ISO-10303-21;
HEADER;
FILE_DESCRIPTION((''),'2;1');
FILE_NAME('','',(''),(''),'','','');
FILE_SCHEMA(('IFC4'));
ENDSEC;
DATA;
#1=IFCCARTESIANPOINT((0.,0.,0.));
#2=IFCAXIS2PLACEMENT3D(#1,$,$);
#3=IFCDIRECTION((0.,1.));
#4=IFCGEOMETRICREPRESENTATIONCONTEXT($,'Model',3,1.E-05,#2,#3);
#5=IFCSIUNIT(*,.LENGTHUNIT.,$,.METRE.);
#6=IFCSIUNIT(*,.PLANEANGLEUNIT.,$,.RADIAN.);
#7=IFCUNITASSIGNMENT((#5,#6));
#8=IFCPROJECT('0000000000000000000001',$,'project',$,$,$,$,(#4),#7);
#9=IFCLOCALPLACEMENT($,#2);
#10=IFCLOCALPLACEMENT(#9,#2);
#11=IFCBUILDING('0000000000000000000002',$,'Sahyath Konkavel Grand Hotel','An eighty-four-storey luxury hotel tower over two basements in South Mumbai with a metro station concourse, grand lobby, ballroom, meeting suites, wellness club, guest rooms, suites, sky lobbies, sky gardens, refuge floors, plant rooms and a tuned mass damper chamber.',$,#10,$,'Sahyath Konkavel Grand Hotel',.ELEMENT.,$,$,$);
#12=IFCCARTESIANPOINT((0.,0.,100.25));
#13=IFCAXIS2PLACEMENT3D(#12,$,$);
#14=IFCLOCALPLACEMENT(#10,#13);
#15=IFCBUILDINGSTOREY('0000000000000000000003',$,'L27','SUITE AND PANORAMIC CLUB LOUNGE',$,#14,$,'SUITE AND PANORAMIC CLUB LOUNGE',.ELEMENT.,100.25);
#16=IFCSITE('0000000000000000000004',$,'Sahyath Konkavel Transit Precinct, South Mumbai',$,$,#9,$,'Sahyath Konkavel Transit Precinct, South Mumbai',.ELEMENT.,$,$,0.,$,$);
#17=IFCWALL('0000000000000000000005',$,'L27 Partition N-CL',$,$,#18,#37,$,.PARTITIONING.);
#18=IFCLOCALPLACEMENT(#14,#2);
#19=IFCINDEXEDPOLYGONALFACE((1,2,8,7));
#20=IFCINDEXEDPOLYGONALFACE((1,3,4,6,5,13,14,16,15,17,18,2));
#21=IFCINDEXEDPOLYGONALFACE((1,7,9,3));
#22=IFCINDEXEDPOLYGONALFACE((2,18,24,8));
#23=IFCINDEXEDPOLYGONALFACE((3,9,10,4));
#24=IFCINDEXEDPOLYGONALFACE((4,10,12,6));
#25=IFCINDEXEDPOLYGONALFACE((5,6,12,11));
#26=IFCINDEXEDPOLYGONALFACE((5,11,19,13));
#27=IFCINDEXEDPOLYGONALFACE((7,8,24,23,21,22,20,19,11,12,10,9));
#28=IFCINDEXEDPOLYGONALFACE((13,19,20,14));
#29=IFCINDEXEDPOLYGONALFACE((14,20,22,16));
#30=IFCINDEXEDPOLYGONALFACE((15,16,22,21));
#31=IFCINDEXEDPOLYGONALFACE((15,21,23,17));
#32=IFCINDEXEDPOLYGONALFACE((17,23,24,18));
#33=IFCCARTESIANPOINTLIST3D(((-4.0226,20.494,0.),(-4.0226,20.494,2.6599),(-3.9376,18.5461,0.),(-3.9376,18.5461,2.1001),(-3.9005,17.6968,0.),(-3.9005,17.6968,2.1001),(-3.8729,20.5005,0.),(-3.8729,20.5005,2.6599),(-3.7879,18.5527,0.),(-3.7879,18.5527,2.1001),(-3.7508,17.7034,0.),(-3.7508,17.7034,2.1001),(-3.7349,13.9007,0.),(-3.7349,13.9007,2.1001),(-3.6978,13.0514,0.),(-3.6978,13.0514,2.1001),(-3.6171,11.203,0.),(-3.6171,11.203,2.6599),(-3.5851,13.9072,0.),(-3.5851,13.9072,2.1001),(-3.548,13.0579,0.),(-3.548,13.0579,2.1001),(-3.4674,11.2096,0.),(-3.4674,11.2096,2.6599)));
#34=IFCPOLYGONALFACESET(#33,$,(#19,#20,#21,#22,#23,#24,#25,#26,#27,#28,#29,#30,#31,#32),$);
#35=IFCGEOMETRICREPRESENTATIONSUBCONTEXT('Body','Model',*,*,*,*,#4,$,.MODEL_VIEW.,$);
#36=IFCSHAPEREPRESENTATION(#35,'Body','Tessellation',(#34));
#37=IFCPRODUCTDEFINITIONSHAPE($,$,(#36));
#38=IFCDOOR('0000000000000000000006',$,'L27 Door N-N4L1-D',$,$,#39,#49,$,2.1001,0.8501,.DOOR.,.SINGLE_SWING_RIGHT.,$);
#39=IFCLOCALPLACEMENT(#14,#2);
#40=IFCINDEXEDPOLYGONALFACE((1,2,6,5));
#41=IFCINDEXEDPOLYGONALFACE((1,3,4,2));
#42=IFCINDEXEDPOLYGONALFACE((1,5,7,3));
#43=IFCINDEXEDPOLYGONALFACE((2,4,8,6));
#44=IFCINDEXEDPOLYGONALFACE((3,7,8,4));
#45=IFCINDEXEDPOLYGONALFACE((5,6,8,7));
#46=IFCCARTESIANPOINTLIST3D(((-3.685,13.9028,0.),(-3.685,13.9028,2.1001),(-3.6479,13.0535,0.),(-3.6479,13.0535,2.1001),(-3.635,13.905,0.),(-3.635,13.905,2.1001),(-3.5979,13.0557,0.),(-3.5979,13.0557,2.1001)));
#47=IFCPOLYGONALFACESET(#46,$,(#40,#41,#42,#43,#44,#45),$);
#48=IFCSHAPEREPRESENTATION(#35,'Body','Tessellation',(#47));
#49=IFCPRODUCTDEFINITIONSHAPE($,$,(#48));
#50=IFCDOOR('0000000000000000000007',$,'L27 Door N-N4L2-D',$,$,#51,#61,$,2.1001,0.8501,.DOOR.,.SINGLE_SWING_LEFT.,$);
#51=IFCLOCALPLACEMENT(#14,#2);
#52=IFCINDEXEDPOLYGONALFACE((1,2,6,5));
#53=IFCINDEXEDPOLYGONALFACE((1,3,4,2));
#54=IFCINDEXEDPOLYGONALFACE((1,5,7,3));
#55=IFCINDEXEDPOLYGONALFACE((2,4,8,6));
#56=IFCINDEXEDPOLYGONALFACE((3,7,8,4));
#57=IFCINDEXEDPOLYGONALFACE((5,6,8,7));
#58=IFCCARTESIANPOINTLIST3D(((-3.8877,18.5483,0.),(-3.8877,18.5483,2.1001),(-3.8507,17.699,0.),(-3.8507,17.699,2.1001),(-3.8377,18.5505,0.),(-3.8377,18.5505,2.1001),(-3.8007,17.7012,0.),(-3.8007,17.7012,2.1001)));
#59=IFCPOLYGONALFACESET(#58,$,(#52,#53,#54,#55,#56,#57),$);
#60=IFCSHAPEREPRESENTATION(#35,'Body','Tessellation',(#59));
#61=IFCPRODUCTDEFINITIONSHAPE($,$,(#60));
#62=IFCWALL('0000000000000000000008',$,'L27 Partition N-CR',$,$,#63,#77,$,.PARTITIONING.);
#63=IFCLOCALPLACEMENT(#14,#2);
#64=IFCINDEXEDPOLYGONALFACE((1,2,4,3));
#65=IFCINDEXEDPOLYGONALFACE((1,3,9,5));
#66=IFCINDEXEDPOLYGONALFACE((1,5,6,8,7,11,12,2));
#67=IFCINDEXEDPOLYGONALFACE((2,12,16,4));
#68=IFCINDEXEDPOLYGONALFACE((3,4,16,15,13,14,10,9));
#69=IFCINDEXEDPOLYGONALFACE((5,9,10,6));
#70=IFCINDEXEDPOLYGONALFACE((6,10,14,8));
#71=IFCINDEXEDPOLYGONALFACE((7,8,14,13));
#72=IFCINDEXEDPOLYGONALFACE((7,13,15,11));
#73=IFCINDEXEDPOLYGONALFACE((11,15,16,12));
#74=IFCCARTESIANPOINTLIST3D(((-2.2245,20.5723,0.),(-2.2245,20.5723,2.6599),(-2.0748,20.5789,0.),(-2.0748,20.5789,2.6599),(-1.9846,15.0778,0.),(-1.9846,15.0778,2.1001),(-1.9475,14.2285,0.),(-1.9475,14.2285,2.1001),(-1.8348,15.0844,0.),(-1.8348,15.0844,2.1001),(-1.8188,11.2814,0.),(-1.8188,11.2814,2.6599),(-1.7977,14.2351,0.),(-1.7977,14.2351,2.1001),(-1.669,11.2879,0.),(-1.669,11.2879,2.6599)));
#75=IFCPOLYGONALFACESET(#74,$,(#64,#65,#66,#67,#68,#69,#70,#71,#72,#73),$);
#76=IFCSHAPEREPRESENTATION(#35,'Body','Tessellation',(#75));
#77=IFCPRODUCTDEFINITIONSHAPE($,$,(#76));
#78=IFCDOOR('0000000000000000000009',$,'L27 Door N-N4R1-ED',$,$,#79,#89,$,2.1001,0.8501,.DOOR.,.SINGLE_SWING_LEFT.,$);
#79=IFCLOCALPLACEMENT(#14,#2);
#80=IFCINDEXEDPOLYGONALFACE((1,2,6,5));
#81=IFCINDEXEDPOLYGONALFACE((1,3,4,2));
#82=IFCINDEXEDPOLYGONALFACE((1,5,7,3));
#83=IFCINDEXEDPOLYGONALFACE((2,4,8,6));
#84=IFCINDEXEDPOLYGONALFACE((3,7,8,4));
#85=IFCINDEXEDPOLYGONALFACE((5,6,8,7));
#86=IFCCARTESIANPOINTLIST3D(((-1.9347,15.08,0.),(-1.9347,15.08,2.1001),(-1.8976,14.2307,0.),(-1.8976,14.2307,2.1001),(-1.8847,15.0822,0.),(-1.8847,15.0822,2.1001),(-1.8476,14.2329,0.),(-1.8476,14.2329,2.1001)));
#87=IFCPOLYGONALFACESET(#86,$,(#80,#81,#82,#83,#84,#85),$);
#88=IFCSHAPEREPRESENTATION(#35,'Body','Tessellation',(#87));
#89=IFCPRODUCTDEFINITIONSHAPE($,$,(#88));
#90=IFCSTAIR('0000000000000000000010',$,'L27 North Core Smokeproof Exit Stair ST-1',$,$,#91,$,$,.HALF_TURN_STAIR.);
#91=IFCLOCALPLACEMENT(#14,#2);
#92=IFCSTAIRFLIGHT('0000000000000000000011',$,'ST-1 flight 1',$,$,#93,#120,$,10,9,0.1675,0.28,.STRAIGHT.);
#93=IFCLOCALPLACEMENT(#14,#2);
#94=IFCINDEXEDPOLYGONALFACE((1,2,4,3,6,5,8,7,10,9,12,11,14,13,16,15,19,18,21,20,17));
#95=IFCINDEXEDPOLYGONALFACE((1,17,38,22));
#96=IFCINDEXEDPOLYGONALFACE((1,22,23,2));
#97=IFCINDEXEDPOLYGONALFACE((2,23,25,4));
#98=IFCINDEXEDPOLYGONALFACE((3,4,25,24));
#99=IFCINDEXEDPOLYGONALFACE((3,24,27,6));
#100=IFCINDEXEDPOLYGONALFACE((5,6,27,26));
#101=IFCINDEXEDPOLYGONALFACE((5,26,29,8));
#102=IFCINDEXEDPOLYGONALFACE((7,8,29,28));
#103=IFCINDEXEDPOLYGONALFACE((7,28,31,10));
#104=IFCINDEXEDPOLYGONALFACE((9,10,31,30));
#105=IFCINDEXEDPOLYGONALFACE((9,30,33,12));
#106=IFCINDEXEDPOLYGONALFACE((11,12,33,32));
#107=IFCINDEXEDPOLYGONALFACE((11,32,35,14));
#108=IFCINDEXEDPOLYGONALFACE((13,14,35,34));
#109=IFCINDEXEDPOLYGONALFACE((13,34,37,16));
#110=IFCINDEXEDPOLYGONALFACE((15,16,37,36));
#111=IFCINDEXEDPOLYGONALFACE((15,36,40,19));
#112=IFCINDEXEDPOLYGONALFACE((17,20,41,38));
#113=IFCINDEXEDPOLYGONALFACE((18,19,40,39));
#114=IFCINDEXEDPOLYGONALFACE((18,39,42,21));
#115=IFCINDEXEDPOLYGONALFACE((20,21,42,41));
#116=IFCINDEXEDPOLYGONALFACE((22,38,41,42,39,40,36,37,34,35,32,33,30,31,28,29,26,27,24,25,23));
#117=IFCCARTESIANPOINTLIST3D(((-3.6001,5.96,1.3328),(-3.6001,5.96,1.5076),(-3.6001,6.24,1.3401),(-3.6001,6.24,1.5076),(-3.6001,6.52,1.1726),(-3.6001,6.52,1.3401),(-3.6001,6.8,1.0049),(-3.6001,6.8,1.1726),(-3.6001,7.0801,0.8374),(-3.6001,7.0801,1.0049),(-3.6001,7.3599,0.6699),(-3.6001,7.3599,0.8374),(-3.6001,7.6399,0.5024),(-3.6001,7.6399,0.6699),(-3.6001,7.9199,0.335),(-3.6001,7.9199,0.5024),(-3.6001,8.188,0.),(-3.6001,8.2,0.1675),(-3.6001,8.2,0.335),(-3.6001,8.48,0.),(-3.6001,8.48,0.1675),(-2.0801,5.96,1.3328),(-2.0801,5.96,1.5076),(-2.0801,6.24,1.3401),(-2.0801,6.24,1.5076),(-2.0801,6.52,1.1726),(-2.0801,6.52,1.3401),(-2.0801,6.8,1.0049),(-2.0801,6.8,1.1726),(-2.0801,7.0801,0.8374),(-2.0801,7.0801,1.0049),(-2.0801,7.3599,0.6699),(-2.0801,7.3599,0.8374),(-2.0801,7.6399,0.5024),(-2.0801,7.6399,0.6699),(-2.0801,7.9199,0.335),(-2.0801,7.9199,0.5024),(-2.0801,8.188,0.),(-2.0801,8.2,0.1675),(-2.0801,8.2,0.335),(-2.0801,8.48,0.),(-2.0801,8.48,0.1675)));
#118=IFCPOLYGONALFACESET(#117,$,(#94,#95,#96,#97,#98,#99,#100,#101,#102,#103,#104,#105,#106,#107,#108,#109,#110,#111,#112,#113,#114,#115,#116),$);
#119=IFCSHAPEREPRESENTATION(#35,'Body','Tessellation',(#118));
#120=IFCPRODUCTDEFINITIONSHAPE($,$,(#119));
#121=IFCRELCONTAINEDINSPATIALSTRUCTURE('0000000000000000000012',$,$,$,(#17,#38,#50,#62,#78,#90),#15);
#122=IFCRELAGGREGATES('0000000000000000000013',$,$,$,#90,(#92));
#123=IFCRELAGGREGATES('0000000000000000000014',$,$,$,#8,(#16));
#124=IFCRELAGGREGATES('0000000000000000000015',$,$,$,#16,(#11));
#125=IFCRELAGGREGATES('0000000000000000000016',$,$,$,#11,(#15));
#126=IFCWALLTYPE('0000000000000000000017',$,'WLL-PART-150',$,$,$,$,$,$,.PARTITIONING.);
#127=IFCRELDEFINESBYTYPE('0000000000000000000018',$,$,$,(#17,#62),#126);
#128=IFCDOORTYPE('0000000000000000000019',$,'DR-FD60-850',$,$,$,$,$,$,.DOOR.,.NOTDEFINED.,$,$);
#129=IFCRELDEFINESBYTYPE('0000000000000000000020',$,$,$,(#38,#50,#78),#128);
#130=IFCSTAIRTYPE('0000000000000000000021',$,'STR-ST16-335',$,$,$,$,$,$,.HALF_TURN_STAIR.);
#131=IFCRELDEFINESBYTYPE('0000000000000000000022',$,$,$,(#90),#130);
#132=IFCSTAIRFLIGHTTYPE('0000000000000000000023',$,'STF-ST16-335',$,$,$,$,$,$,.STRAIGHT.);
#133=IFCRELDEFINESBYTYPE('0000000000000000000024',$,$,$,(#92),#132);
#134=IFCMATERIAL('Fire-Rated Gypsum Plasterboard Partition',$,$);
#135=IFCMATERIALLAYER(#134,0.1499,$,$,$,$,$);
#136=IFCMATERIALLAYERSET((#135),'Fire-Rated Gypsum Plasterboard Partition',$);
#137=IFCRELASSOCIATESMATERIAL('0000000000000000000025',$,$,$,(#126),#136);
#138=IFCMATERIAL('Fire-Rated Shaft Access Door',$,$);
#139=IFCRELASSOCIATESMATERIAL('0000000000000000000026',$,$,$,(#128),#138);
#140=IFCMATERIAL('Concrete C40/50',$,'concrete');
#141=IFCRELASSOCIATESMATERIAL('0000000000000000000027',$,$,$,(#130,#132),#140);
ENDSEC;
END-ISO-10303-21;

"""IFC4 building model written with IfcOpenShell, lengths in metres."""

from ifc_helpers import new_model, si_unit, direction, frame, frame_2d, origin, origin_2d, place, context, subcontext, project, spatial, polyline, rectangle, outline, extrude, source, transform, mapped, material, layer, layer_set, type_object, element, fill, aggregate, save


model = new_model("IFC4")

# Units and contexts
model_context = context("Model", 3, precision=1e-05, world=origin(), true_north=direction((0.0, 1.0)))
body_context = subcontext(model_context, "Body", "Model", "MODEL_VIEW")
ifc_project = project(units=[si_unit("LENGTHUNIT", "METRE"), si_unit("PLANEANGLEUNIT", "RADIAN")], contexts=[model_context])

# Site, building, storey
site_placement = place(None, origin())
site = spatial("IfcSite", under=ifc_project, at=site_placement, Name="Sahyath Konkavel Transit Precinct, South Mumbai", LongName="Sahyath Konkavel Transit Precinct, South Mumbai", CompositionType="ELEMENT", RefElevation=0.0)
building_placement = place(site_placement, origin())
building = spatial("IfcBuilding", under=site, at=building_placement, Name="Sahyath Konkavel Grand Hotel", Description="An eighty-four-storey luxury hotel tower over two basements in South Mumbai with a metro station concourse, grand lobby, ballroom, meeting suites, wellness club, guest rooms, suites, sky lobbies, sky gardens, refuge floors, plant rooms and a tuned mass damper chamber.", LongName="Sahyath Konkavel Grand Hotel", CompositionType="ELEMENT")
storey_placement = place(building_placement, frame((0.0, 0.0, 100.25)))
storey = spatial("IfcBuildingStorey", under=building, at=storey_placement, Name="L27", Description="SUITE AND PANORAMIC CLUB LOUNGE", LongName="SUITE AND PANORAMIC CLUB LOUNGE", CompositionType="ELEMENT", Elevation=100.25)

# Wall, openings, doors
ifc_material_1 = material(Name="Fire-Rated Gypsum Plasterboard Partition")
ifc_layer_1 = layer(ifc_material_1, 0.1499)
ifc_layer_set_1 = layer_set([ifc_layer_1], Name="Fire-Rated Gypsum Plasterboard Partition")
wall_type_1 = type_object("IfcWallType", Name="WLL-PART-150", PredefinedType="PARTITIONING", material=ifc_layer_set_1)
wall_1_placement = place(storey_placement, frame((-3.5422, 11.2063, 0.0), z_axis=(0.0, 0.0, 1.0), x_axis=(-0.043605, 0.999049, 0.0)))
wall_1 = element("IfcWall", 1, at=wall_1_placement, inside=storey, type_object=wall_type_1, Name="L27 Partition N-CL", PredefinedType="PARTITIONING", context=body_context, shape_type="SweptSolid", body=[
    extrude(rectangle(XDim=9.2998, YDim=0.1499, at=frame_2d((4.6499, 0.0))), origin(), (0.0, 0.0, 1.0), 2.6599),
])
opening_1_placement = place(wall_1_placement, frame((1.8501, 0.0, 0.0)))
opening_1 = element("IfcOpeningElement", 2, at=opening_1_placement, cuts=wall_1, PredefinedType="OPENING", context=body_context, shape_type="SweptSolid", body=[
    extrude(rectangle(XDim=0.8501, YDim=2.1001, at=frame_2d((0.425, 1.05))), frame((0.0, 0.085, 0.0), z_axis=(0.0, -1.0, 0.0), x_axis=(1.0, 0.0, 0.0)), (0.0, 0.0, 1.0), 0.1699),
])
opening_2_placement = place(wall_1_placement, frame((6.5, 0.0, 0.0)))
opening_2 = element("IfcOpeningElement", 3, at=opening_2_placement, cuts=wall_1, PredefinedType="OPENING", context=body_context, shape_type="SweptSolid", body=[
    extrude(rectangle(XDim=0.8501, YDim=2.1001, at=frame_2d((0.425, 1.05))), frame((0.0, 0.085, 0.0), z_axis=(0.0, -1.0, 0.0), x_axis=(1.0, 0.0, 0.0)), (0.0, 0.0, 1.0), 0.1699),
])
ifc_material_2 = material(Name="Fire-Rated Shaft Access Door")
door_type_1 = type_object("IfcDoorType", Name="DR-FD60-850", OperationType="NOTDEFINED", PredefinedType="DOOR", material=ifc_material_2)
shared_shape_1 = source(origin(), body_context, "Body", "SweptSolid", [
    extrude(rectangle(XDim=0.8501, YDim=0.05, at=origin_2d()), origin(), (0.0, 0.0, 1.0), 2.1001),
])
door_1_placement = place(opening_1_placement, frame((0.425, 0.0, 0.0)))
door_1 = element("IfcDoor", 4, at=door_1_placement, inside=storey, type_object=door_type_1, Name="L27 Door N-N4L1-D", OperationType="SINGLE_SWING_RIGHT", OverallHeight=2.1001, OverallWidth=0.8501, PredefinedType="DOOR", context=body_context, shape_type="MappedRepresentation", body=[
    mapped(shared_shape_1, transform((0.0, 0.0, 0.0), scale=1.0)),
])
fill(opening_1, door_1)
door_2_placement = place(opening_2_placement, frame((0.425, 0.0, 0.0)))
door_2 = element("IfcDoor", 5, at=door_2_placement, inside=storey, type_object=door_type_1, Name="L27 Door N-N4L2-D", OperationType="SINGLE_SWING_LEFT", OverallHeight=2.1001, OverallWidth=0.8501, PredefinedType="DOOR", context=body_context, shape_type="MappedRepresentation", body=[
    mapped(shared_shape_1, transform((0.0, 0.0, 0.0), scale=1.0)),
])
fill(opening_2, door_2)

# Wall, opening, door
wall_2_placement = place(storey_placement, frame((-1.7439, 11.2847, 0.0), z_axis=(0.0, 0.0, 1.0), x_axis=(-0.043631, 0.999048, 0.0)))
wall_2 = element("IfcWall", 6, at=wall_2_placement, inside=storey, type_object=wall_type_1, Name="L27 Partition N-CR", PredefinedType="PARTITIONING", context=body_context, shape_type="SweptSolid", body=[
    extrude(rectangle(XDim=9.2998, YDim=0.1499, at=frame_2d((4.6499, 0.0))), origin(), (0.0, 0.0, 1.0), 2.6599),
])
opening_3_placement = place(wall_2_placement, frame((2.95, 0.0, 0.0)))
opening_3 = element("IfcOpeningElement", 7, at=opening_3_placement, cuts=wall_2, PredefinedType="OPENING", context=body_context, shape_type="SweptSolid", body=[
    extrude(rectangle(XDim=0.8501, YDim=2.1001, at=frame_2d((0.425, 1.05))), frame((0.0, 0.085, 0.0), z_axis=(0.0, -1.0, 0.0), x_axis=(1.0, 0.0, 0.0)), (0.0, 0.0, 1.0), 0.1699),
])
door_3_placement = place(opening_3_placement, frame((0.425, 0.0, 0.0)))
door_3 = element("IfcDoor", 8, at=door_3_placement, inside=storey, type_object=door_type_1, Name="L27 Door N-N4R1-ED", OperationType="SINGLE_SWING_LEFT", OverallHeight=2.1001, OverallWidth=0.8501, PredefinedType="DOOR", context=body_context, shape_type="MappedRepresentation", body=[
    mapped(shared_shape_1, transform((0.0, 0.0, 0.0), scale=1.0)),
])
fill(opening_3, door_3)

# Stair, stair flight
ifc_material_3 = material(Name="Concrete C40/50", Category="concrete")
stair_type = type_object("IfcStairType", Name="STR-ST16-335", PredefinedType="HALF_TURN_STAIR", material=ifc_material_3)
stair_placement = place(storey_placement, origin())
stair = element("IfcStair", 9, at=stair_placement, inside=storey, type_object=stair_type, Name="L27 North Core Smokeproof Exit Stair ST-1", PredefinedType="HALF_TURN_STAIR")
stair_flight_type = type_object("IfcStairFlightType", Name="STF-ST16-335", PredefinedType="STRAIGHT", material=ifc_material_3)
stair_flight_placement = place(storey_placement, frame((-2.8401, 8.48, 0.0), z_axis=(0.0, 0.0, 1.0), x_axis=(0.0, -1.0, 0.0)))
stair_flight = element("IfcStairFlight", 10, at=stair_flight_placement, type_object=stair_flight_type, Name="ST-1 flight 1", NumberOfRisers=10, NumberOfTreads=9, PredefinedType="STRAIGHT", RiserHeight=0.1675, TreadLength=0.28, context=body_context, shape_type="SweptSolid", body=[
    extrude(outline(polyline([(0.0, 0.0), (0.0, 0.1675), (0.28, 0.1675), (0.28, 0.335), (0.5601, 0.335), (0.5601, 0.5024), (0.8401, 0.5024), (0.8401, 0.6699), (1.1201, 0.6699), (1.1201, 0.8374), (1.3999, 0.8374), (1.3999, 1.0049), (1.6799, 1.0049), (1.6799, 1.1726), (1.96, 1.1726), (1.96, 1.3401), (2.24, 1.3401), (2.24, 1.5076), (2.52, 1.5076), (2.52, 1.675), (2.52, 1.3328), (0.292, 0.0), (0.0, 0.0)])), frame((0.0, 0.76, 0.0), z_axis=(0.0, -1.0, 0.0), x_axis=(1.0, 0.0, 0.0)), (0.0, 0.0, 1.0), 1.52),
])
aggregate(stair, [stair_flight])

save(model, "model.ifc")
